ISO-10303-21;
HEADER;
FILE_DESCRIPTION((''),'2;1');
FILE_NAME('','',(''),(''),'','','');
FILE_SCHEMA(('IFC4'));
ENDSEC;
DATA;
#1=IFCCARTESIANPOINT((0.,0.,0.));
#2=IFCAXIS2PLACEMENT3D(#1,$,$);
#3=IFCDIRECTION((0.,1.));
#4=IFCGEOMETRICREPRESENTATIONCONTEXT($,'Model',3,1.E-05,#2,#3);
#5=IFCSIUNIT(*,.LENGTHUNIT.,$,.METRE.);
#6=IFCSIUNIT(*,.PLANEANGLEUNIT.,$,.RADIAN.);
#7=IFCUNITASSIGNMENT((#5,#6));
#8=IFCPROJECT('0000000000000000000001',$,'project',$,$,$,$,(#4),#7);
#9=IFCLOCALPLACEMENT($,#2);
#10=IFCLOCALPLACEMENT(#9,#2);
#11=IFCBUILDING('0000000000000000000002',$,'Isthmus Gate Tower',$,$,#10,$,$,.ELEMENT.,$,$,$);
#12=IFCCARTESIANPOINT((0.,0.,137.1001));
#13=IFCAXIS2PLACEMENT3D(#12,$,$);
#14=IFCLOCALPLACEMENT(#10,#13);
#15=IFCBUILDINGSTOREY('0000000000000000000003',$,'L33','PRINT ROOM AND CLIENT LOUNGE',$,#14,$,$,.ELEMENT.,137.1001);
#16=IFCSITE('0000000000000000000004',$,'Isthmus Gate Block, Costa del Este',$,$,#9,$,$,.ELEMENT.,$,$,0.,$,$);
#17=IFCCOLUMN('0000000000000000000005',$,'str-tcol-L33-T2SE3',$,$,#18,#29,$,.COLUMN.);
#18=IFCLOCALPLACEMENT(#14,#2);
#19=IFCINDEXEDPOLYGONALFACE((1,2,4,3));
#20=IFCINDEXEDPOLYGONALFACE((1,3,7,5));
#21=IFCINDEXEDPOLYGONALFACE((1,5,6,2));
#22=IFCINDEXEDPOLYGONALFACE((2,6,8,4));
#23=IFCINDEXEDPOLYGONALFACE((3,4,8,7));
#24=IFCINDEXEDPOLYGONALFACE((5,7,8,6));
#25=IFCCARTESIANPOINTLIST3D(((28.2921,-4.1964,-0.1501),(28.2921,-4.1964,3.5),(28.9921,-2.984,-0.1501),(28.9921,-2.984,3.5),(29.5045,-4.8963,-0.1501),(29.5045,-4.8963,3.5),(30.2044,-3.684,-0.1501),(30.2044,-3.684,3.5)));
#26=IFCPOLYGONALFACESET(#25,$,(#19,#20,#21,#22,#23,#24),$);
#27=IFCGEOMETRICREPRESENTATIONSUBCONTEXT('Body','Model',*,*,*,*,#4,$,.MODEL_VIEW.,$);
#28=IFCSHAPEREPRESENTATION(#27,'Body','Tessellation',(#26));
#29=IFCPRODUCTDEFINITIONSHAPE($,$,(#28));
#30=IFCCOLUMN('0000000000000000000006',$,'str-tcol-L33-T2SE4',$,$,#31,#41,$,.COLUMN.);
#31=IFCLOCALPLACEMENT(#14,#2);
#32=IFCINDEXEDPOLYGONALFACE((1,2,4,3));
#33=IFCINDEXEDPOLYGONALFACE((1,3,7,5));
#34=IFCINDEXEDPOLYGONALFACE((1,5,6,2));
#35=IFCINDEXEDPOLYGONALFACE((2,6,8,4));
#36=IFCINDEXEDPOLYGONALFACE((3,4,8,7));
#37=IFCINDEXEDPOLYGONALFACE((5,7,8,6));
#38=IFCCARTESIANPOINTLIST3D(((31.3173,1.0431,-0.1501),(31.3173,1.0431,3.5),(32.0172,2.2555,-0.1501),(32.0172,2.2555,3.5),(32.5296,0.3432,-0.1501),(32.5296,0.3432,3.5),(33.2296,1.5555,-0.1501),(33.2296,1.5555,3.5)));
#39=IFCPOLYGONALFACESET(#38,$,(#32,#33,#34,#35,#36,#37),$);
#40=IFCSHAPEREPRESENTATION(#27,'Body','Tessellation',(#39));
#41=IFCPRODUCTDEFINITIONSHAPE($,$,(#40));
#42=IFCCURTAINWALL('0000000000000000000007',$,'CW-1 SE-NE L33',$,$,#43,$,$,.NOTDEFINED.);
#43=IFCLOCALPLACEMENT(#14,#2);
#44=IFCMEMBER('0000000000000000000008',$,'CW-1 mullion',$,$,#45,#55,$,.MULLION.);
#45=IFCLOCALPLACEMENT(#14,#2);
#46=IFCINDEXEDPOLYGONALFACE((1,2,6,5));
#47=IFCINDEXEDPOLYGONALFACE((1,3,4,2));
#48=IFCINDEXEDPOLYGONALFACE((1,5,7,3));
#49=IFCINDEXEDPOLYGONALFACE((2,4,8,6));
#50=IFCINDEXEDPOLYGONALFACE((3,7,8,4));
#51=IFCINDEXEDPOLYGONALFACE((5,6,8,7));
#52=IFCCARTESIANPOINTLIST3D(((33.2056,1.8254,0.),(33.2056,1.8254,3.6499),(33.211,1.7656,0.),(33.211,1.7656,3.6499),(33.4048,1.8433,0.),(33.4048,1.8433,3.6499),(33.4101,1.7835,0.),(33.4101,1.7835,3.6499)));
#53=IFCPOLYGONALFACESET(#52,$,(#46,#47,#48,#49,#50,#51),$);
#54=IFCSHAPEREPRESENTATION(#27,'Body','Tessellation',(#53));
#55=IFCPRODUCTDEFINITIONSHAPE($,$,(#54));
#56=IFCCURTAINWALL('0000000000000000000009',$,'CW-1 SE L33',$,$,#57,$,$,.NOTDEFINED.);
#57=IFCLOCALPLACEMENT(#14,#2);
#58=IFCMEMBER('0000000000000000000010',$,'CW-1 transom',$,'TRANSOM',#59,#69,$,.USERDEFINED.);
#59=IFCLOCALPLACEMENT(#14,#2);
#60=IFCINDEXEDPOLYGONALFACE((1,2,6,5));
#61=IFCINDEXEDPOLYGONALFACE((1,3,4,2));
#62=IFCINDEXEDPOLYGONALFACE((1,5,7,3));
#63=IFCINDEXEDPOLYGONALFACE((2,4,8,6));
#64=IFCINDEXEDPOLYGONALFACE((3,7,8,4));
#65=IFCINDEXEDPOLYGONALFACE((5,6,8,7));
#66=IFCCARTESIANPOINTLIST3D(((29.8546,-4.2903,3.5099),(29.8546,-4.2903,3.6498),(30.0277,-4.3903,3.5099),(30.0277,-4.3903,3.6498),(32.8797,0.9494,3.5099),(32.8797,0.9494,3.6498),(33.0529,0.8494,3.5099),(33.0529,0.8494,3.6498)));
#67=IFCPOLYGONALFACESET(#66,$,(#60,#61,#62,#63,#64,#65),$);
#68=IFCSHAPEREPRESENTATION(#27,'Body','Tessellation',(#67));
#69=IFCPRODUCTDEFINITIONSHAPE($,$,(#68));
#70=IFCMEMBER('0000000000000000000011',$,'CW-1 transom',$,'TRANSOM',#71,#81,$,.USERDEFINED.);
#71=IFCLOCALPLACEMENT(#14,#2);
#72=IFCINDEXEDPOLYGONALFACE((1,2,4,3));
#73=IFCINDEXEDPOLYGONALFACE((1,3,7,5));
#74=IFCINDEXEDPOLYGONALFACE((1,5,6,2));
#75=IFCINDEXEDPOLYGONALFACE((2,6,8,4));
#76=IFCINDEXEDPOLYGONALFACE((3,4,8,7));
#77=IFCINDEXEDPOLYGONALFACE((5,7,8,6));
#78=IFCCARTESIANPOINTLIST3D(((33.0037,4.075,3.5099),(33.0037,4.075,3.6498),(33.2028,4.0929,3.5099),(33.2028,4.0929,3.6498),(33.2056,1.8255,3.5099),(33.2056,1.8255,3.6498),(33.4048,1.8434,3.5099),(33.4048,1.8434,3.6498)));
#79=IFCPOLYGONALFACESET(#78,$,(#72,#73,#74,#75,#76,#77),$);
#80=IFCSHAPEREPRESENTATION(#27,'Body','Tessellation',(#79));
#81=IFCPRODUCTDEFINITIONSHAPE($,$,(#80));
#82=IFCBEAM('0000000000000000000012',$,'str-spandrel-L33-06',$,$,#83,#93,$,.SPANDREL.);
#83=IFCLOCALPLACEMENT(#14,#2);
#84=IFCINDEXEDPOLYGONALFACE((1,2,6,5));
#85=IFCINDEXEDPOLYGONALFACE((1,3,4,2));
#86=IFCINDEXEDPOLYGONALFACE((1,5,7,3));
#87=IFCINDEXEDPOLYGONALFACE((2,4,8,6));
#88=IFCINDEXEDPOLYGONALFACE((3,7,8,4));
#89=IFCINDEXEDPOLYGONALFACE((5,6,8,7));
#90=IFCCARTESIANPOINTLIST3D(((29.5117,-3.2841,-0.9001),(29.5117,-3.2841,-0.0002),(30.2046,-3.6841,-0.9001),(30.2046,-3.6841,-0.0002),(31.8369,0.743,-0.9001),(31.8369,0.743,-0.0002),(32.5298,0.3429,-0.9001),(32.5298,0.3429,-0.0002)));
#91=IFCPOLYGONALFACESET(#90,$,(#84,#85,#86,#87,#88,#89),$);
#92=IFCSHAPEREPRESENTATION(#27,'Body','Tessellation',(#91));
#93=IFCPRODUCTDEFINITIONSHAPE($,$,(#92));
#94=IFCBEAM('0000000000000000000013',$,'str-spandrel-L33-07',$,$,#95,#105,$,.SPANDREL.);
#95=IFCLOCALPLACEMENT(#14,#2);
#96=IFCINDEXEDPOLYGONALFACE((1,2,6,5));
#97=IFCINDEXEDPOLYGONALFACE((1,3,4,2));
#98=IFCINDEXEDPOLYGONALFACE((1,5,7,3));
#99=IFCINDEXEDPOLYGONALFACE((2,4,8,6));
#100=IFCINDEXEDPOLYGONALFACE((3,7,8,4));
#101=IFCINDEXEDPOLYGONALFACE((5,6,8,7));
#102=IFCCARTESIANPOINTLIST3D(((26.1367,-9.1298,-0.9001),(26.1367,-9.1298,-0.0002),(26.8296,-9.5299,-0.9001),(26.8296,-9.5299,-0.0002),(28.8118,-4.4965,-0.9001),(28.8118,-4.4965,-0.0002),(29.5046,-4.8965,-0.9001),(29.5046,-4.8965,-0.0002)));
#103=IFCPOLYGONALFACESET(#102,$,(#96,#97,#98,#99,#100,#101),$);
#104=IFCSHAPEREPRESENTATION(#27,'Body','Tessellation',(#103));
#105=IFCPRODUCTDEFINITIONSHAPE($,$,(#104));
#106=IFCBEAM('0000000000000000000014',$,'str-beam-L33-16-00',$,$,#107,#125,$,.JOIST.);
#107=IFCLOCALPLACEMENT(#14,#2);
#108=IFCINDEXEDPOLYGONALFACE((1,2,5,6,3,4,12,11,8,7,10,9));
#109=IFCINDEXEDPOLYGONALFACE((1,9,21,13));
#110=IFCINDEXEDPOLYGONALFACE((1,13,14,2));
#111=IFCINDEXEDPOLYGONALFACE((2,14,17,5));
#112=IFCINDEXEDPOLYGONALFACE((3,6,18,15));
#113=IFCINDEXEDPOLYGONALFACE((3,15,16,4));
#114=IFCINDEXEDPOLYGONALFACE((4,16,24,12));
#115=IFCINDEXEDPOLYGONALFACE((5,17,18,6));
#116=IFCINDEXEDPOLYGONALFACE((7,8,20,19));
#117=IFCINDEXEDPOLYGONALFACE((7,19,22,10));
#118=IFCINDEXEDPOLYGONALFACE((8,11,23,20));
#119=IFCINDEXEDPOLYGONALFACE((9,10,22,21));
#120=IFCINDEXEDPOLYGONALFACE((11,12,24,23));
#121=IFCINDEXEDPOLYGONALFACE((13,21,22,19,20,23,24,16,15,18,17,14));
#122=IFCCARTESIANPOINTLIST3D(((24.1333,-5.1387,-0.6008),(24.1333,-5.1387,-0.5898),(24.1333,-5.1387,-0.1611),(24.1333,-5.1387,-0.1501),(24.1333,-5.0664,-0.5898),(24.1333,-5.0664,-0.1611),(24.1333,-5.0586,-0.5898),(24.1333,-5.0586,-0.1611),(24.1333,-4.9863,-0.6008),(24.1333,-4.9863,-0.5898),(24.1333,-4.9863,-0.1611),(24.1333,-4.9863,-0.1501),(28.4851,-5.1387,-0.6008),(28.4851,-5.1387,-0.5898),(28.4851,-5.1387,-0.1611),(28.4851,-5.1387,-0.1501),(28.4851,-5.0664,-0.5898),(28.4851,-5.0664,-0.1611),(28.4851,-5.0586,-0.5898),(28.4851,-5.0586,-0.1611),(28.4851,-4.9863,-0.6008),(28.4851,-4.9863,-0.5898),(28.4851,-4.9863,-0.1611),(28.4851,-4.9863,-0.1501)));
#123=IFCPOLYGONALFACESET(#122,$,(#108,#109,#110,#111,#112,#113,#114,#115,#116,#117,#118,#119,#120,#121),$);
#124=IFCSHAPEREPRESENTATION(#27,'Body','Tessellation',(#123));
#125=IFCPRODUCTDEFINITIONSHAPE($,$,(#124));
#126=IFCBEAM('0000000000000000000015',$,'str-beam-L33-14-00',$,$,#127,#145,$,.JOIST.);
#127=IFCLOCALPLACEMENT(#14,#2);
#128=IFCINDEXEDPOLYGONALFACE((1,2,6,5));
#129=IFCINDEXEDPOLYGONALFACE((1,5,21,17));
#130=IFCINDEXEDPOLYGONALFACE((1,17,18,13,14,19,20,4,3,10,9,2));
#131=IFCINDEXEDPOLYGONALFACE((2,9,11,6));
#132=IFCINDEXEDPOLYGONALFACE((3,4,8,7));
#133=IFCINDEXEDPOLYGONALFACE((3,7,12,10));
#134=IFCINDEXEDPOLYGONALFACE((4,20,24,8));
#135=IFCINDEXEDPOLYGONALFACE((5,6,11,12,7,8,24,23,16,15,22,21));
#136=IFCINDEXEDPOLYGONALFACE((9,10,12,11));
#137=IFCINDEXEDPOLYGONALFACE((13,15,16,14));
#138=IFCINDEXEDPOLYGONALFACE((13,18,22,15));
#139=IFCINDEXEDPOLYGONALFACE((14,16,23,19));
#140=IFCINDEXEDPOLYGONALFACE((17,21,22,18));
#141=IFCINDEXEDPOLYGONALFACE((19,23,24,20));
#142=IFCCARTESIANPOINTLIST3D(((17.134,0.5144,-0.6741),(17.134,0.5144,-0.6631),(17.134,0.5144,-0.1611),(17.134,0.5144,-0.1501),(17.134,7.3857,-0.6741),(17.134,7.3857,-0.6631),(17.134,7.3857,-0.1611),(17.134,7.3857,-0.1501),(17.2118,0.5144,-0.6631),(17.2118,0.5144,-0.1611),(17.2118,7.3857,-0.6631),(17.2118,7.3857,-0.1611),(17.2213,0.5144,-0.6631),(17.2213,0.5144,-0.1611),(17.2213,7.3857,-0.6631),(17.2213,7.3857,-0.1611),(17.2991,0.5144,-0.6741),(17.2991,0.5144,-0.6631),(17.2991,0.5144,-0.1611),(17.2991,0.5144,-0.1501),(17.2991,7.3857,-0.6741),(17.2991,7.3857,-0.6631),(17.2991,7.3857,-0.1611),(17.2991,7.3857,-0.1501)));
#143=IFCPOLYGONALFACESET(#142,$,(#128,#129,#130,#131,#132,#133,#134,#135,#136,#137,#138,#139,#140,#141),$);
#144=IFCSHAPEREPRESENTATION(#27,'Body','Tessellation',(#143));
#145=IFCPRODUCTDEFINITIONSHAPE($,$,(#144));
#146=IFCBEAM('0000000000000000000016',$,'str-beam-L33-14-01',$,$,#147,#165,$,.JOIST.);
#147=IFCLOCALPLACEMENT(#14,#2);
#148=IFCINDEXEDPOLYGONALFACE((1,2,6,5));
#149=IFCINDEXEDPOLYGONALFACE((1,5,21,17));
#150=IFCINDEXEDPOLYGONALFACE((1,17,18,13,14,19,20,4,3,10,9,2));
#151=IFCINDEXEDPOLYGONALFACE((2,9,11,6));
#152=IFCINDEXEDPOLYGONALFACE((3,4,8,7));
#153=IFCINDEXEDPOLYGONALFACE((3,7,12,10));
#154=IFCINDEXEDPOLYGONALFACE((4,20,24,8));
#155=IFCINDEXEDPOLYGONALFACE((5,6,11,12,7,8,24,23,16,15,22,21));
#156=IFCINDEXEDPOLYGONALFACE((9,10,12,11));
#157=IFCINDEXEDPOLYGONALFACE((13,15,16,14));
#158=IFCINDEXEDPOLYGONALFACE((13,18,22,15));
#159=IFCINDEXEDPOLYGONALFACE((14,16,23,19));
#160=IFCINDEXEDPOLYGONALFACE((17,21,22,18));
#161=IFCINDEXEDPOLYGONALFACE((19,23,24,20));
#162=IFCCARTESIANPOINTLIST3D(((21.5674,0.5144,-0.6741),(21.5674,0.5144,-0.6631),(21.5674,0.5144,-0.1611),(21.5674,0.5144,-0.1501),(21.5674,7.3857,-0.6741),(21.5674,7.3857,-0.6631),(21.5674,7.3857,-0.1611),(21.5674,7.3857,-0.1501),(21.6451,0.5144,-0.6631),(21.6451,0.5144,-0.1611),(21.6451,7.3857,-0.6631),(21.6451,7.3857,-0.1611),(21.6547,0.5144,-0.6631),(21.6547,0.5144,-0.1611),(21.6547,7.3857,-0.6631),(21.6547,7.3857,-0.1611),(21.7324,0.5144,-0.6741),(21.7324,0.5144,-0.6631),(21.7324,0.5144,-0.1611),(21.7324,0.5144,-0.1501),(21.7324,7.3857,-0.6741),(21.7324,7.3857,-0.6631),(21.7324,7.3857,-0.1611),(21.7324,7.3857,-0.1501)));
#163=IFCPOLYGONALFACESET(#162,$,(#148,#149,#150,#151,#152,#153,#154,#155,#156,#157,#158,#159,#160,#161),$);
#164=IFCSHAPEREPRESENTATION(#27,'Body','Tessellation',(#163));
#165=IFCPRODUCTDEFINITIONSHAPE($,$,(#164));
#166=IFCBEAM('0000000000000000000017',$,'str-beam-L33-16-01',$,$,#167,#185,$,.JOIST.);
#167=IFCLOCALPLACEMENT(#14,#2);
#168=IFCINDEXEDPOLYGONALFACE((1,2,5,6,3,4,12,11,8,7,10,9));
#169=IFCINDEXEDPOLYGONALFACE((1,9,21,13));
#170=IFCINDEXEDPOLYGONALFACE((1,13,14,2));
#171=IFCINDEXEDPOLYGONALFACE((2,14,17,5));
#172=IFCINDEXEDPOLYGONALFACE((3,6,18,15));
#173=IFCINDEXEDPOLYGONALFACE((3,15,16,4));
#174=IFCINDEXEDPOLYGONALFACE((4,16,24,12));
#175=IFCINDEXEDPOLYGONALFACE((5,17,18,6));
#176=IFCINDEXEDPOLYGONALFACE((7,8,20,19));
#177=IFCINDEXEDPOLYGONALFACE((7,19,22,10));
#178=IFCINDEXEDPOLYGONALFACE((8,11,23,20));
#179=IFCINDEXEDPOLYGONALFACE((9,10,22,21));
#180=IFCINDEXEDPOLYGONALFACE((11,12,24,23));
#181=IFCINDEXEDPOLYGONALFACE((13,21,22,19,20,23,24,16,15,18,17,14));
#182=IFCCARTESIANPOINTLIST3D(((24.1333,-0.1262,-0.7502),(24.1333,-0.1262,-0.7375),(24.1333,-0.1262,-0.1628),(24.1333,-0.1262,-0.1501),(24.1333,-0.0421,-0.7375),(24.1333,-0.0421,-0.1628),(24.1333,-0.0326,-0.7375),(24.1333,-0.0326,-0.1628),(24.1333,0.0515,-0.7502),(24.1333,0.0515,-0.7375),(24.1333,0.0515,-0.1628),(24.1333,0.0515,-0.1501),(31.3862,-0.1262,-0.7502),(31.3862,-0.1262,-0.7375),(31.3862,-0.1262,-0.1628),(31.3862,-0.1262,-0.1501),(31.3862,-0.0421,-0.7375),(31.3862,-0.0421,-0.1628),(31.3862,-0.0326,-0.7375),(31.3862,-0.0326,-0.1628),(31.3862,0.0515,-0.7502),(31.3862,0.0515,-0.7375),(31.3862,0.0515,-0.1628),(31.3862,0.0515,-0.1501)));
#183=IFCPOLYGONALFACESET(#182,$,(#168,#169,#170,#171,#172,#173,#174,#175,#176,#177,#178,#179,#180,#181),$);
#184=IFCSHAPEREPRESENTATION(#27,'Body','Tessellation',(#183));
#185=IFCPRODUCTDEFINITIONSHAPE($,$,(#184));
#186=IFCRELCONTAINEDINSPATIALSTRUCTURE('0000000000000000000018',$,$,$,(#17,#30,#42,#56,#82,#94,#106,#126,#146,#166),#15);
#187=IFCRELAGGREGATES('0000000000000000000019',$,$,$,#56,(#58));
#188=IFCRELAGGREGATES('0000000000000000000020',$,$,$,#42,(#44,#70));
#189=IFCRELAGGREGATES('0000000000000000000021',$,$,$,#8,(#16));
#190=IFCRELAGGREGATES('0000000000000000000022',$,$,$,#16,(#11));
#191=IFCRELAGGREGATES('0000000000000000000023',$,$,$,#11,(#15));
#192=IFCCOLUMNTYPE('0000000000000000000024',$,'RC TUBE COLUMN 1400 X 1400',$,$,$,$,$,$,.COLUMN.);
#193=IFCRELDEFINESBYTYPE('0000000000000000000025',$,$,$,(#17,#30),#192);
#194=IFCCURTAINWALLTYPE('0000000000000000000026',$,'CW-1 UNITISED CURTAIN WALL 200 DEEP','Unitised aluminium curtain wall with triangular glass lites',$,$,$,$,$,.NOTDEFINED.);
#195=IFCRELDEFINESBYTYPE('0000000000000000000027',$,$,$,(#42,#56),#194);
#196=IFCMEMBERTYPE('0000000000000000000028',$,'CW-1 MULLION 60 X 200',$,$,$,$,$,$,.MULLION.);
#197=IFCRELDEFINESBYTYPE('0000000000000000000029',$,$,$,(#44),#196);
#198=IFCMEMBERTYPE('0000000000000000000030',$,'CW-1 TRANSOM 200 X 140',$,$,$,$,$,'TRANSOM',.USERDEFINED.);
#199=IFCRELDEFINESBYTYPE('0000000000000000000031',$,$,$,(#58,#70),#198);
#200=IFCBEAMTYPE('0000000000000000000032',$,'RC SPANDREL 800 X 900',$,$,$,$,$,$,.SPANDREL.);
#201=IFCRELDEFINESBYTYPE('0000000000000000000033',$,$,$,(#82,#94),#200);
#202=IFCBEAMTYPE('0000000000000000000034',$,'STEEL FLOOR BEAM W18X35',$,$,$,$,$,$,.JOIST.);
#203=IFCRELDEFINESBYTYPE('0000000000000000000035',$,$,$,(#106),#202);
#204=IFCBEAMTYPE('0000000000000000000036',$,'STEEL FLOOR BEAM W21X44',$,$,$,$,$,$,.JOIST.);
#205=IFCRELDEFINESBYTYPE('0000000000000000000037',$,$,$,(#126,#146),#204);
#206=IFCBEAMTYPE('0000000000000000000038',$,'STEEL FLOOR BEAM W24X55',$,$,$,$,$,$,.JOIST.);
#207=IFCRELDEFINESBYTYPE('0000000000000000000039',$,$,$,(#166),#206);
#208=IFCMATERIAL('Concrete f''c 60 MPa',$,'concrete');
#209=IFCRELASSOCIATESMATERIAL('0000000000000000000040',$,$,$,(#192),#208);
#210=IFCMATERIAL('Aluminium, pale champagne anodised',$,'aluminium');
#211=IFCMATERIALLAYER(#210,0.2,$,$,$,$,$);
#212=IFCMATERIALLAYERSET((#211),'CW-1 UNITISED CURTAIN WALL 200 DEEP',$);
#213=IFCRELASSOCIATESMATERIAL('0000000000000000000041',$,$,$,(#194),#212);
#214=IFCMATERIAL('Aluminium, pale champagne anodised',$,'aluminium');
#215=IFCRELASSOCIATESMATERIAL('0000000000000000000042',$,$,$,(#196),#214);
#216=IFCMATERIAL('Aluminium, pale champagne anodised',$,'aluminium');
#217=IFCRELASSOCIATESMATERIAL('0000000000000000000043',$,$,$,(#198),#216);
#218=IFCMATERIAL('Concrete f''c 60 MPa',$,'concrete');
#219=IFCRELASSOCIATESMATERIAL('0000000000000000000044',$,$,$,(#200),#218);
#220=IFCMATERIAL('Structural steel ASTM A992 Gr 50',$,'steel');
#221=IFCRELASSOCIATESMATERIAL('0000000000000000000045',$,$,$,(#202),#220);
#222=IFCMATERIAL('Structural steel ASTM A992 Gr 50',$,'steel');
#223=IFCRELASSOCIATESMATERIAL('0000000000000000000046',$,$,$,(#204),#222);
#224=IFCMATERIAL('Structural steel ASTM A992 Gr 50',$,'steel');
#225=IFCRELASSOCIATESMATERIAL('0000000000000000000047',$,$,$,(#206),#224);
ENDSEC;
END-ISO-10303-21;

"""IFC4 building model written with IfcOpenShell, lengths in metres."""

from ifc_helpers import new_model, si_unit, direction, frame, origin, origin_2d, place, context, subcontext, project, spatial, rectangle, i_section, extrude, material, layer, layer_set, material_profile, profile_set, type_object, element, aggregate, save


model = new_model("IFC4")

# Units and contexts
model_context = context("Model", 3, precision=1e-05, world=origin(), true_north=direction((0.0, 1.0)))
body_context = subcontext(model_context, "Body", "Model", "MODEL_VIEW")
ifc_project = project(units=[si_unit("LENGTHUNIT", "METRE"), si_unit("PLANEANGLEUNIT", "RADIAN")], contexts=[model_context])

# Site, building, storey
site_placement = place(None, origin())
site = spatial("IfcSite", under=ifc_project, at=site_placement, Name="Isthmus Gate Block, Costa del Este", CompositionType="ELEMENT", RefElevation=0.0)
building_placement = place(site_placement, origin())
building = spatial("IfcBuilding", under=site, at=building_placement, Name="Isthmus Gate Tower", CompositionType="ELEMENT")
storey_placement = place(building_placement, frame((0.0, 0.0, 137.1001)))
storey = spatial("IfcBuildingStorey", under=building, at=storey_placement, Name="L33", Description="PRINT ROOM AND CLIENT LOUNGE", CompositionType="ELEMENT", Elevation=137.1001)

# Columns
ifc_material_1 = material(Name="Concrete f'c 60 MPa", Category="concrete")
ifc_material_profile_1 = material_profile(ifc_material_1, rectangle(XDim=1.3999, YDim=1.3999, at=origin_2d()), Name="RC 1400X1400")
ifc_profile_set_1 = profile_set([ifc_material_profile_1], Name="Concrete f'c 60 MPa")
column_type = type_object("IfcColumnType", Name="RC TUBE COLUMN 1400 X 1400", PredefinedType="COLUMN", material=ifc_profile_set_1)
for number, where, z_axis, x_axis, name in (
    (1, (29.2483, -3.9402, -0.1501), (0.0, 0.0, 1.0), (0.5, 0.866025, 0.0), "str-tcol-L33-T2SE3"),
    (2, (32.2734, 1.2993, -0.1501), (0.0, 0.0, 1.0), (0.5, 0.866025, 0.0), "str-tcol-L33-T2SE4"),
):
    element("IfcColumn", number, at=place(storey_placement, frame(where, z_axis=z_axis, x_axis=x_axis)), inside=storey, type_object=column_type, Name=name, PredefinedType="COLUMN", context=body_context, shape_type="SweptSolid", body=[
        extrude(rectangle(XDim=1.3999, YDim=1.3999, at=origin_2d()), origin(), (0.0, 0.0, 1.0), 3.6501),
    ])

# Curtain walls, members
ifc_material_2 = material(Name="Aluminium, pale champagne anodised", Category="aluminium")
ifc_layer_1 = layer(ifc_material_2, 0.2)
ifc_layer_set_1 = layer_set([ifc_layer_1], Name="CW-1 UNITISED CURTAIN WALL 200 DEEP")
curtain_wall_type = type_object("IfcCurtainWallType", Name="CW-1 UNITISED CURTAIN WALL 200 DEEP", Description="Unitised aluminium curtain wall with triangular glass lites", PredefinedType="NOTDEFINED", material=ifc_layer_set_1)
curtain_wall_1_placement = place(storey_placement, origin())
curtain_wall_1 = element("IfcCurtainWall", 3, at=curtain_wall_1_placement, inside=storey, type_object=curtain_wall_type, Name="CW-1 SE-NE L33", PredefinedType="NOTDEFINED")
ifc_material_3 = material(Name="Aluminium, pale champagne anodised", Category="aluminium")
ifc_material_profile_2 = material_profile(ifc_material_3, rectangle(XDim=0.0601, YDim=0.2, at=origin_2d()), Name="60x200")
ifc_profile_set_2 = profile_set([ifc_material_profile_2], Name="Aluminium, pale champagne anodised")
member_type_1 = type_object("IfcMemberType", Name="CW-1 MULLION 60 X 200", PredefinedType="MULLION", material=ifc_profile_set_2)
member_1_placement = place(storey_placement, frame((33.3079, 1.8044, 0.0), z_axis=(0.0, 0.0, 1.0), x_axis=(-0.089397, 0.995996, 0.0)))
member_1 = element("IfcMember", 4, at=member_1_placement, type_object=member_type_1, Name="CW-1 mullion", PredefinedType="MULLION", context=body_context, shape_type="SweptSolid", body=[
    extrude(rectangle(XDim=0.0601, YDim=0.2, at=origin_2d()), origin(), (0.0, 0.0, 1.0), 3.6499),
])
curtain_wall_2_placement = place(storey_placement, origin())
curtain_wall_2 = element("IfcCurtainWall", 5, at=curtain_wall_2_placement, inside=storey, type_object=curtain_wall_type, Name="CW-1 SE L33", PredefinedType="NOTDEFINED")
ifc_material_4 = material(Name="Aluminium, pale champagne anodised", Category="aluminium")
ifc_material_profile_3 = material_profile(ifc_material_4, rectangle(XDim=0.2, YDim=0.1399, at=origin_2d()), Name="200x140")
ifc_profile_set_3 = profile_set([ifc_material_profile_3], Name="Aluminium, pale champagne anodised")
member_type_2 = type_object("IfcMemberType", Name="CW-1 TRANSOM 200 X 140", ElementType="TRANSOM", PredefinedType="USERDEFINED", material=ifc_profile_set_3)
member_2_placement = place(storey_placement, frame((29.9412, -4.3403, 3.5798), z_axis=(0.499997, 0.866027, 0.0), x_axis=(-0.866027, 0.499997, 0.0)))
member_2 = element("IfcMember", 6, at=member_2_placement, type_object=member_type_2, Name="CW-1 transom", ObjectType="TRANSOM", PredefinedType="USERDEFINED", context=body_context, shape_type="SweptSolid", body=[
    extrude(rectangle(XDim=0.2, YDim=0.1399, at=origin_2d()), origin(), (0.0, 0.0, 1.0), 6.0503),
])

# Member
member_3_placement = place(storey_placement, frame((33.3052, 1.8345, 3.5798), z_axis=(-0.089395, 0.995996, 0.0), x_axis=(-0.995996, -0.089395, 0.0)))
member_3 = element("IfcMember", 7, at=member_3_placement, type_object=member_type_2, Name="CW-1 transom", ObjectType="TRANSOM", PredefinedType="USERDEFINED", context=body_context, shape_type="SweptSolid", body=[
    extrude(rectangle(XDim=0.2, YDim=0.1399, at=origin_2d()), origin(), (0.0, 0.0, 1.0), 2.2585),
])

# Beams
ifc_material_5 = material(Name="Concrete f'c 60 MPa", Category="concrete")
ifc_material_profile_4 = material_profile(ifc_material_5, rectangle(XDim=0.8, YDim=0.8999, at=origin_2d()), Name="RC 800X900")
ifc_profile_set_4 = profile_set([ifc_material_profile_4], Name="Concrete f'c 60 MPa")
beam_type_1 = type_object("IfcBeamType", Name="RC SPANDREL 800 X 900", PredefinedType="SPANDREL", material=ifc_profile_set_4)
beam_1_placement = place(storey_placement, frame((32.1833, 0.543, -0.4502), z_axis=(-0.500024, -0.866012, 0.0), x_axis=(0.866012, -0.500024, 0.0)))
element("IfcBeam", 8, at=beam_1_placement, inside=storey, type_object=beam_type_1, Name="str-spandrel-L33-06", PredefinedType="SPANDREL", context=body_context, shape_type="SweptSolid", body=[
    extrude(rectangle(XDim=0.8, YDim=0.8999, at=origin_2d()), origin(), (0.0, 0.0, 1.0), 4.6501),
])
beam_2_placement = place(storey_placement, frame((29.1582, -4.6965, -0.4502), z_axis=(-0.500002, -0.866024, 0.0), x_axis=(0.866024, -0.500002, 0.0)))
element("IfcBeam", 9, at=beam_2_placement, inside=storey, type_object=beam_type_1, Name="str-spandrel-L33-07", PredefinedType="SPANDREL", context=body_context, shape_type="SweptSolid", body=[
    extrude(rectangle(XDim=0.8, YDim=0.8999, at=origin_2d()), origin(), (0.0, 0.0, 1.0), 5.3501),
])
ifc_material_6 = material(Name="Structural steel ASTM A992 Gr 50", Category="steel")
ifc_material_profile_5 = material_profile(ifc_material_6, i_section(OverallWidth=0.1523, OverallDepth=0.4507, WebThickness=0.0078, FlangeThickness=0.011, at=origin_2d()), Name="W18X35")
ifc_profile_set_5 = profile_set([ifc_material_profile_5], Name="Structural steel ASTM A992 Gr 50")
beam_type_2 = type_object("IfcBeamType", Name="STEEL FLOOR BEAM W18X35", PredefinedType="JOIST", material=ifc_profile_set_5)
beam_3_placement = place(storey_placement, frame((24.1333, -5.0625, -0.3755), z_axis=(1.0, 0.0, 0.0), x_axis=(0.0, 1.0, 0.0)))
element("IfcBeam", 10, at=beam_3_placement, inside=storey, type_object=beam_type_2, Name="str-beam-L33-16-00", PredefinedType="JOIST", context=body_context, shape_type="SweptSolid", body=[
    extrude(i_section(OverallWidth=0.1523, OverallDepth=0.4507, WebThickness=0.0078, FlangeThickness=0.011, at=origin_2d()), origin(), (0.0, 0.0, 1.0), 4.3518),
])
ifc_material_7 = material(Name="Structural steel ASTM A992 Gr 50", Category="steel")
ifc_material_profile_6 = material_profile(ifc_material_7, i_section(OverallWidth=0.165, OverallDepth=0.5239, WebThickness=0.0095, FlangeThickness=0.011, at=origin_2d()), Name="W21X44")
ifc_profile_set_6 = profile_set([ifc_material_profile_6], Name="Structural steel ASTM A992 Gr 50")
beam_type_3 = type_object("IfcBeamType", Name="STEEL FLOOR BEAM W21X44", PredefinedType="JOIST", material=ifc_profile_set_6)
for number, where, z_axis, x_axis, name in (
    (11, (17.2166, 0.5144, -0.4121), (0.0, 1.0, 0.0), (-1.0, 0.0, 0.0), "str-beam-L33-14-00"),
    (12, (21.6499, 0.5144, -0.4121), (0.0, 1.0, 0.0), (-1.0, 0.0, 0.0), "str-beam-L33-14-01"),
):
    element("IfcBeam", number, at=place(storey_placement, frame(where, z_axis=z_axis, x_axis=x_axis)), inside=storey, type_object=beam_type_3, Name=name, PredefinedType="JOIST", context=body_context, shape_type="SweptSolid", body=[
        extrude(i_section(OverallWidth=0.165, OverallDepth=0.5239, WebThickness=0.0095, FlangeThickness=0.011, at=origin_2d()), origin(), (0.0, 0.0, 1.0), 6.8713),
    ])
ifc_material_8 = material(Name="Structural steel ASTM A992 Gr 50", Category="steel")
ifc_material_profile_7 = material_profile(ifc_material_8, i_section(OverallWidth=0.1777, OverallDepth=0.6001, WebThickness=0.0095, FlangeThickness=0.0127, at=origin_2d()), Name="W24X55")
ifc_profile_set_7 = profile_set([ifc_material_profile_7], Name="Structural steel ASTM A992 Gr 50")
beam_type_4 = type_object("IfcBeamType", Name="STEEL FLOOR BEAM W24X55", PredefinedType="JOIST", material=ifc_profile_set_7)
beam_4_placement = place(storey_placement, frame((24.1333, -0.0374, -0.4502), z_axis=(1.0, 0.0, 0.0), x_axis=(0.0, 1.0, 0.0)))
element("IfcBeam", 13, at=beam_4_placement, inside=storey, type_object=beam_type_4, Name="str-beam-L33-16-01", PredefinedType="JOIST", context=body_context, shape_type="SweptSolid", body=[
    extrude(i_section(OverallWidth=0.1777, OverallDepth=0.6001, WebThickness=0.0095, FlangeThickness=0.0127, at=origin_2d()), origin(), (0.0, 0.0, 1.0), 7.2529),
])

aggregate(curtain_wall_2, [member_2])
aggregate(curtain_wall_1, [member_1, member_3])

save(model, "model.ifc")
